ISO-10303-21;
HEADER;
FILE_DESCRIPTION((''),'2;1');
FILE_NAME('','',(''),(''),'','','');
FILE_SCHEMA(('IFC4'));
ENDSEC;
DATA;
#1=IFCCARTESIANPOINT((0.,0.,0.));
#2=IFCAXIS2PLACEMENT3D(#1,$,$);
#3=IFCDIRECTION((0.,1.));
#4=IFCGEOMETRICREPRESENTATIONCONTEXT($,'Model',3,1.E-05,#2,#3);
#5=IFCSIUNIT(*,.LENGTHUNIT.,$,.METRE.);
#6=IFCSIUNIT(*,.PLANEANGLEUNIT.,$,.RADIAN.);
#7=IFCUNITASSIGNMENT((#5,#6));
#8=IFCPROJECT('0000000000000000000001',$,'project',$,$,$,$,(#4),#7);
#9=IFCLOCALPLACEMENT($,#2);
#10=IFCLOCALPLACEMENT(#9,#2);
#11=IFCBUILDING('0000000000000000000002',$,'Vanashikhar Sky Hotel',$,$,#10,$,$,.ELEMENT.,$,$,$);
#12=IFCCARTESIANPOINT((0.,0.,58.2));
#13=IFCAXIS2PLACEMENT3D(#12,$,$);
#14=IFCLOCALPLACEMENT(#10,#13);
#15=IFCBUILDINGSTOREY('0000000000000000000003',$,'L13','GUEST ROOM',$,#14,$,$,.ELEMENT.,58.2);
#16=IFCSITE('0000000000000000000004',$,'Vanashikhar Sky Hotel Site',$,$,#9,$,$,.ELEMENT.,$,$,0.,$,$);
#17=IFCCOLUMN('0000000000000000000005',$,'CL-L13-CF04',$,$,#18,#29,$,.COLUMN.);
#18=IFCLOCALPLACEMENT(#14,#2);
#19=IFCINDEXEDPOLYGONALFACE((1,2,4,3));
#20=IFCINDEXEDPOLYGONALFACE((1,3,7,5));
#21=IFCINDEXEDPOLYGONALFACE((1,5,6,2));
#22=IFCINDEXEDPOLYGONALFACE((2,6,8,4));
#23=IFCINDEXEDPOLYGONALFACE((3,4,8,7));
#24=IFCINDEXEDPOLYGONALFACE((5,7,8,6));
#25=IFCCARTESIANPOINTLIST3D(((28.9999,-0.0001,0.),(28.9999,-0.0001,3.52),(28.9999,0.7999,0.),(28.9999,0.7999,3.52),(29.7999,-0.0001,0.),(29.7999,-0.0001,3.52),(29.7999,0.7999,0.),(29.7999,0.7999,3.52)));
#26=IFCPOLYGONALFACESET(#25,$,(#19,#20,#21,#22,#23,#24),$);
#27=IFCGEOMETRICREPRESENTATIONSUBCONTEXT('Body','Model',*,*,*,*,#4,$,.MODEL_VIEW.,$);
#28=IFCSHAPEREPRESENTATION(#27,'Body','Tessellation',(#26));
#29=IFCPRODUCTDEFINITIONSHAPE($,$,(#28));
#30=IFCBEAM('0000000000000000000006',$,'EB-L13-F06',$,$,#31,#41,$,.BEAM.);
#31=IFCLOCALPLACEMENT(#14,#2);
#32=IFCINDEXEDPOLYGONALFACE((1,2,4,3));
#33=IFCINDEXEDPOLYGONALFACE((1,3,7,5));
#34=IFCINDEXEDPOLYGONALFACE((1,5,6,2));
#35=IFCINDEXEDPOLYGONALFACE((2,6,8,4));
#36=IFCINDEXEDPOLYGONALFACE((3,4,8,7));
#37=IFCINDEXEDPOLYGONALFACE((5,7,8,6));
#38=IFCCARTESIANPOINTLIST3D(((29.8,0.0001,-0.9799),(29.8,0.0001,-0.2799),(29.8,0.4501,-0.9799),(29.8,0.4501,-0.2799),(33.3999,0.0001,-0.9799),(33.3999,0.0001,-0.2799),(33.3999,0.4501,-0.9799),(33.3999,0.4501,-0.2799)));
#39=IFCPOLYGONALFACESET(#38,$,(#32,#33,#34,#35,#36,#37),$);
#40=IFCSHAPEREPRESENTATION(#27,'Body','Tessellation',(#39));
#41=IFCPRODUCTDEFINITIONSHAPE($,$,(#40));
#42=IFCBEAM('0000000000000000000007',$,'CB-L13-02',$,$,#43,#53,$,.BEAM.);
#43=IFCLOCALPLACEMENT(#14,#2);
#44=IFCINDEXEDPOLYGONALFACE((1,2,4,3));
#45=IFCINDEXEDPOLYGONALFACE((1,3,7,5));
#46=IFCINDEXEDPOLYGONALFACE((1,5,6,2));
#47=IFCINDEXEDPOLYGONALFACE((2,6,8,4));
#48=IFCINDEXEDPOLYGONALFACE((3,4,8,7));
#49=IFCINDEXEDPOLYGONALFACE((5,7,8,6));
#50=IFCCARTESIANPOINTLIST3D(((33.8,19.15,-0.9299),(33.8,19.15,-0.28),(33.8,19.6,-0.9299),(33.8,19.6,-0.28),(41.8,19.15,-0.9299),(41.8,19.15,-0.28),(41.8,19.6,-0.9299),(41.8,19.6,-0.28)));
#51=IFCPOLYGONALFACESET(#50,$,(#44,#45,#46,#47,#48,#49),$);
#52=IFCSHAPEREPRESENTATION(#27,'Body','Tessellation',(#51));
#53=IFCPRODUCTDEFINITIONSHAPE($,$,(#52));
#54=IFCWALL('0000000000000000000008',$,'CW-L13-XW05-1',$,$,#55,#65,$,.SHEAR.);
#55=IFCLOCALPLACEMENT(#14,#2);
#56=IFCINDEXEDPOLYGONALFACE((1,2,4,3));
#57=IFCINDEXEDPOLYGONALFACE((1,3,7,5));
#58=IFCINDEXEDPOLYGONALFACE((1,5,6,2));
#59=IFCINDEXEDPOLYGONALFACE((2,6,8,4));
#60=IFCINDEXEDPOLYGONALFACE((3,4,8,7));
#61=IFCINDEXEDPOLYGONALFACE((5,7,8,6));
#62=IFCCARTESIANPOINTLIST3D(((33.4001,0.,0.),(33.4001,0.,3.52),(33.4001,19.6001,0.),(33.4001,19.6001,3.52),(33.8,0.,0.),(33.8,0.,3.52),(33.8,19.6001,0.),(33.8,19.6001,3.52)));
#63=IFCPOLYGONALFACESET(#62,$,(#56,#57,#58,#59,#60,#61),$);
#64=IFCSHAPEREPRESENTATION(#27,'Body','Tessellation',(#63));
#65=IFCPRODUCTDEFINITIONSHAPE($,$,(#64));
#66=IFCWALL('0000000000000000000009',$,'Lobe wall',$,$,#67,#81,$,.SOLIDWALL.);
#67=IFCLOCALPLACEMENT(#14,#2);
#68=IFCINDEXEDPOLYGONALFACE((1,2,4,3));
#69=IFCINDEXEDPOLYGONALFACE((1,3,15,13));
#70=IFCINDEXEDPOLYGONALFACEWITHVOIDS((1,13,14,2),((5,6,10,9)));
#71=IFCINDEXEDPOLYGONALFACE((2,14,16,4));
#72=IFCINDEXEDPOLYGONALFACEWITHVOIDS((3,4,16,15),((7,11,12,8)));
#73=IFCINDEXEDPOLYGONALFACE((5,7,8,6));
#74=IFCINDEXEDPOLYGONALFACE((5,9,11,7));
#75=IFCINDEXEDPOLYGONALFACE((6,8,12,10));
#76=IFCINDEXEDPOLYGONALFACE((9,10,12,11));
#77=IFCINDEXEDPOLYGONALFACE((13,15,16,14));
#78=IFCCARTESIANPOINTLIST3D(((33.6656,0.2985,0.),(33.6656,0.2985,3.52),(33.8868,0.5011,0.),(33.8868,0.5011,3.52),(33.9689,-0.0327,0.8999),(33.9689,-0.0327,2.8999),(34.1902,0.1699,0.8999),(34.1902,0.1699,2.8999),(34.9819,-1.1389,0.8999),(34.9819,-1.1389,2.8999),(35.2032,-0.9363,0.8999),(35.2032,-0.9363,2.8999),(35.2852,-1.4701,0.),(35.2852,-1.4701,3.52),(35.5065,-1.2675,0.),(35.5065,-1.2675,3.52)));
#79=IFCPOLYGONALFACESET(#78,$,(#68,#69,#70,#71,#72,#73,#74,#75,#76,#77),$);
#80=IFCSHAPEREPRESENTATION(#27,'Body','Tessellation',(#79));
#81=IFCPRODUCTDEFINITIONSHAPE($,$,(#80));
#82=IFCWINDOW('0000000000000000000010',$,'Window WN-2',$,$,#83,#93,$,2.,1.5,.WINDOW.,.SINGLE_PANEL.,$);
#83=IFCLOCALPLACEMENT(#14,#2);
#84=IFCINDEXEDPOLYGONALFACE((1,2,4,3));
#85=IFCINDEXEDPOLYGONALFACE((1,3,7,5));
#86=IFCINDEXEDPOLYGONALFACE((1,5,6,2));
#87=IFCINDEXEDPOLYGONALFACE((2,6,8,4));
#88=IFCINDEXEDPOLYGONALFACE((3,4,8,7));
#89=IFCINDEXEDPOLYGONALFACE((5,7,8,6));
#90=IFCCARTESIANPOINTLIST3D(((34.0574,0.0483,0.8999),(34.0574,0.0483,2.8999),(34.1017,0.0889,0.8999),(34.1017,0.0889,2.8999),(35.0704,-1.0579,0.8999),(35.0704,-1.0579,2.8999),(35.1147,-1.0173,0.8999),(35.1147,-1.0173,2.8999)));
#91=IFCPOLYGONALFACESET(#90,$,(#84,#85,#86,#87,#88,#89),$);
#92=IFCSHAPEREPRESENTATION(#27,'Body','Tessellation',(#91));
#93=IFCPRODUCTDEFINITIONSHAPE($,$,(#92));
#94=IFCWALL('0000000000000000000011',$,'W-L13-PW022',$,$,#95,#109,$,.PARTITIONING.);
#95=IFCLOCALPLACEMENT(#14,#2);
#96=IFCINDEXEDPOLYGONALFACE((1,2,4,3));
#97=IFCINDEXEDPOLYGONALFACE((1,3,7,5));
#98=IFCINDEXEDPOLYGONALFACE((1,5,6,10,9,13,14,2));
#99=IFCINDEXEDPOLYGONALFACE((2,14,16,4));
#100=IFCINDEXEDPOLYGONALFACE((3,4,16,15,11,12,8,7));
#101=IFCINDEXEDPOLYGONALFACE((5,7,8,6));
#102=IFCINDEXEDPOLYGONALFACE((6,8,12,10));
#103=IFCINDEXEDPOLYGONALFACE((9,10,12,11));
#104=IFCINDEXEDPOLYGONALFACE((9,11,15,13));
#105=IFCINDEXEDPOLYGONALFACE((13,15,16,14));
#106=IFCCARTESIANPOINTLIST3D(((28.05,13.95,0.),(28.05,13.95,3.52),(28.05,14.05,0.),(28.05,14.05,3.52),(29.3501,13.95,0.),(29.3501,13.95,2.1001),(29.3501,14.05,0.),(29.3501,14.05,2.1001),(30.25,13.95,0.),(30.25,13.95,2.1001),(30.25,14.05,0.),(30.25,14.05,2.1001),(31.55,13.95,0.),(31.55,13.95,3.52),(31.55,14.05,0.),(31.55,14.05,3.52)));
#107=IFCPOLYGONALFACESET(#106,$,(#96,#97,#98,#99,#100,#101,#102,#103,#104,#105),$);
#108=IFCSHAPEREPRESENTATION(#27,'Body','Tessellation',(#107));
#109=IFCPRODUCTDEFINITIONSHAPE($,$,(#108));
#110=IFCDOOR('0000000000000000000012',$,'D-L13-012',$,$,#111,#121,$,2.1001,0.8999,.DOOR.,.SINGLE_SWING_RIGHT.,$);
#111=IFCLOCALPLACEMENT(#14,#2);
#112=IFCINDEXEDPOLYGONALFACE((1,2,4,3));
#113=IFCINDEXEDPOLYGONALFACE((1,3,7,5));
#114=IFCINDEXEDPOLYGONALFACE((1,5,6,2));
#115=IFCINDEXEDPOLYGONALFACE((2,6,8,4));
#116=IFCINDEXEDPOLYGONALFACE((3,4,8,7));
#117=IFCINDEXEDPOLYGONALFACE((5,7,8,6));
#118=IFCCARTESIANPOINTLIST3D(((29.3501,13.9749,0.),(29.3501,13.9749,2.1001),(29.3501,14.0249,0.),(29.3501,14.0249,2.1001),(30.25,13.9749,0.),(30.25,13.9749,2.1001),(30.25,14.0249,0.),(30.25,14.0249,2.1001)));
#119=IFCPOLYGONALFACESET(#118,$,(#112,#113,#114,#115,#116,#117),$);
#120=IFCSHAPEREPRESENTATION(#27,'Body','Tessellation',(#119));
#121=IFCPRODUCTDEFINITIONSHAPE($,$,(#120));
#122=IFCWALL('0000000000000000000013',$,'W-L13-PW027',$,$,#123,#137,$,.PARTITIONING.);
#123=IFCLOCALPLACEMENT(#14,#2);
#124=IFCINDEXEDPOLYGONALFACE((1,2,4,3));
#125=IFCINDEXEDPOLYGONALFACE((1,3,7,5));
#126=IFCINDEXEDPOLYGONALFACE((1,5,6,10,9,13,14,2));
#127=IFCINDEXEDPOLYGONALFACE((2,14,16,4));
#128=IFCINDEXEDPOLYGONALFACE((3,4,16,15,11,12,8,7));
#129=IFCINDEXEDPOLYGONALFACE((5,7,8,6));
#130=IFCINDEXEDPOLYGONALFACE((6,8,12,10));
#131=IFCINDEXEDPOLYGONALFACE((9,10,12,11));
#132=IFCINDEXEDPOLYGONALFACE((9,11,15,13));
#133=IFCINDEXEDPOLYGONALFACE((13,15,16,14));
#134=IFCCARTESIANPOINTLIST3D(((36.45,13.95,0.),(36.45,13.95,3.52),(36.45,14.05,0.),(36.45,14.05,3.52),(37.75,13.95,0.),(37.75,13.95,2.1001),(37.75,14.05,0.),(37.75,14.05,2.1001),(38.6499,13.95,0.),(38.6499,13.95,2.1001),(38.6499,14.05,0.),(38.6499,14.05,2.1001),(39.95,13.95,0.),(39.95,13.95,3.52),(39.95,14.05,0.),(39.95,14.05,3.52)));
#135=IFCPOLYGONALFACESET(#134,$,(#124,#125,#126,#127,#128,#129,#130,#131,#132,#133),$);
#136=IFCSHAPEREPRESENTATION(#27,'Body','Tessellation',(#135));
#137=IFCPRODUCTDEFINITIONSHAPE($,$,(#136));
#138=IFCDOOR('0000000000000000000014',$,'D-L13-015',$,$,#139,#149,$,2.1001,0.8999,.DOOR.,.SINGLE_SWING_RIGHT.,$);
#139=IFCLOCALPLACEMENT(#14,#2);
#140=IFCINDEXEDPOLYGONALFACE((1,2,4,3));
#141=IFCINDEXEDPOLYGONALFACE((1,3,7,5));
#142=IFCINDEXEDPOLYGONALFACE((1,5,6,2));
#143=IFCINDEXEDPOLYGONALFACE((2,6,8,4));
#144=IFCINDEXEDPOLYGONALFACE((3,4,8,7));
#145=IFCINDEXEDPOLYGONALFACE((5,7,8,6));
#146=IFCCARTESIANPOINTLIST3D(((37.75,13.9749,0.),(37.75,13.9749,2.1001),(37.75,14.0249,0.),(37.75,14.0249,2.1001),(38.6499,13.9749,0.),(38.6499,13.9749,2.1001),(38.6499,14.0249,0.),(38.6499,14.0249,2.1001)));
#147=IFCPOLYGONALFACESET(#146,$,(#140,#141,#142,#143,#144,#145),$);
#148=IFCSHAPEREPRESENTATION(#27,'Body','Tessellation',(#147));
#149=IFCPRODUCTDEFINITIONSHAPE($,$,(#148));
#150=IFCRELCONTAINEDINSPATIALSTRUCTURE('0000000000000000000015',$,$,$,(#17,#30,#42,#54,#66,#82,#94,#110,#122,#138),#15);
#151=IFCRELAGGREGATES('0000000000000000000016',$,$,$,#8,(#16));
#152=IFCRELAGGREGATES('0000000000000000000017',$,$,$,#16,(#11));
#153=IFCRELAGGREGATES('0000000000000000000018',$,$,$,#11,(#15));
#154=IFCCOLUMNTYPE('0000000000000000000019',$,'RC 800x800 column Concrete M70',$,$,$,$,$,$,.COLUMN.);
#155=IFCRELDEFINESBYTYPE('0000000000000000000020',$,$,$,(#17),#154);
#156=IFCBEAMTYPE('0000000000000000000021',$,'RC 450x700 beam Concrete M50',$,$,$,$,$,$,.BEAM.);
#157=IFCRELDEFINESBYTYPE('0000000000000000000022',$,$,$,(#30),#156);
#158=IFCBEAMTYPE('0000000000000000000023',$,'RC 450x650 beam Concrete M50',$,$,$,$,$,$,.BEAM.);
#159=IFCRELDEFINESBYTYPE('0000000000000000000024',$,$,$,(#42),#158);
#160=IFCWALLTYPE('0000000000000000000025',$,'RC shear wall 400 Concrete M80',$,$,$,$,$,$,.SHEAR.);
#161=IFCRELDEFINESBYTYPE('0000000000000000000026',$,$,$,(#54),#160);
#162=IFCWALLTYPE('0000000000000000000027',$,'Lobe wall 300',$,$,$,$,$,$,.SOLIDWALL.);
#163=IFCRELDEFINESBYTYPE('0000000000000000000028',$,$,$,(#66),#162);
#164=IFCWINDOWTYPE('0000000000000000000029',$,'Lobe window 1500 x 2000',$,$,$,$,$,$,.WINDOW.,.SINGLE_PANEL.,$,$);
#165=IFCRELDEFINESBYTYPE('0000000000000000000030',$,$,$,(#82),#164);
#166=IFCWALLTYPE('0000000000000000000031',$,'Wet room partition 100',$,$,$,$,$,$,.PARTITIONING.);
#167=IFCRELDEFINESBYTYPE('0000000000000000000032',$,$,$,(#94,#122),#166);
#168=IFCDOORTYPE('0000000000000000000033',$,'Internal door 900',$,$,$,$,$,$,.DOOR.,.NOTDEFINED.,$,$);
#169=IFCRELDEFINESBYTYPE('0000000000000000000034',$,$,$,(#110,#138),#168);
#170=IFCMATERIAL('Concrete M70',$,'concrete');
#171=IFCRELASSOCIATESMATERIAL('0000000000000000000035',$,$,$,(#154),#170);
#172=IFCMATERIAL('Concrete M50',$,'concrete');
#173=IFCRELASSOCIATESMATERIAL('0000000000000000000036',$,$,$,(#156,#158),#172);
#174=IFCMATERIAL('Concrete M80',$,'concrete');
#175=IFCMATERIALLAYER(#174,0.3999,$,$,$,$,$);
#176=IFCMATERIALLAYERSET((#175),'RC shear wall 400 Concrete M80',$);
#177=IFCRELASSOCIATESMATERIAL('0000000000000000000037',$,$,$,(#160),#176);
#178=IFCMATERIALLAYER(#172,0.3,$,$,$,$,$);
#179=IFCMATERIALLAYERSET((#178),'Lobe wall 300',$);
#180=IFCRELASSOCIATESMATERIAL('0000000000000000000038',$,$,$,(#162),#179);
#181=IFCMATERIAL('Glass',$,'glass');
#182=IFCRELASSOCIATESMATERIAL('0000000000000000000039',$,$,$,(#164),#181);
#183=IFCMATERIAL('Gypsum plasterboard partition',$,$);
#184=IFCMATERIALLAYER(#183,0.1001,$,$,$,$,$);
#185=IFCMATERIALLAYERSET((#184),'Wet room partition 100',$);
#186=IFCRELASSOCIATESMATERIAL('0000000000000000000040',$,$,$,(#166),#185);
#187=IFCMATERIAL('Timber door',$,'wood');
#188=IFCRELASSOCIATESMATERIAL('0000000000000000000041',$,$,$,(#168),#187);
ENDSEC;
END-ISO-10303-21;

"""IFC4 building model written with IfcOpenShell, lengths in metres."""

from ifc_helpers import new_model, si_unit, direction, frame, frame_2d, origin, origin_2d, place, context, subcontext, project, spatial, rectangle, extrude, source, transform, mapped, material, layer, layer_set, material_profile, profile_set, type_object, element, fill, save


model = new_model("IFC4")

# Units and contexts
model_context = context("Model", 3, precision=1e-05, world=origin(), true_north=direction((0.0, 1.0)))
body_context = subcontext(model_context, "Body", "Model", "MODEL_VIEW")
ifc_project = project(units=[si_unit("LENGTHUNIT", "METRE"), si_unit("PLANEANGLEUNIT", "RADIAN")], contexts=[model_context])

# Site, building, storey
site_placement = place(None, origin())
site = spatial("IfcSite", under=ifc_project, at=site_placement, Name="Vanashikhar Sky Hotel Site", CompositionType="ELEMENT", RefElevation=0.0)
building_placement = place(site_placement, origin())
building = spatial("IfcBuilding", under=site, at=building_placement, Name="Vanashikhar Sky Hotel", CompositionType="ELEMENT")
storey_placement = place(building_placement, frame((0.0, 0.0, 58.2)))
storey = spatial("IfcBuildingStorey", under=building, at=storey_placement, Name="L13", Description="GUEST ROOM", CompositionType="ELEMENT", Elevation=58.2)

# Column
ifc_material_1 = material(Name="Concrete M70", Category="concrete")
ifc_material_profile_1 = material_profile(ifc_material_1, rectangle(XDim=0.8, YDim=0.8, at=origin_2d()))
ifc_profile_set_1 = profile_set([ifc_material_profile_1], Name="RC 800x800 column Concrete M70")
column_type = type_object("IfcColumnType", Name="RC 800x800 column Concrete M70", PredefinedType="COLUMN", material=ifc_profile_set_1)
shared_shape_1 = source(origin(), body_context, "Body", "SweptSolid", [
    extrude(rectangle(XDim=0.8, YDim=0.8, at=origin_2d()), origin(), (0.0, 0.0, 1.0), 3.52),
])
column_placement = place(storey_placement, frame((29.3999, 0.3999, 0.0), z_axis=(0.0, 0.0, 1.0), x_axis=(1.0, 0.0, 0.0)))
element("IfcColumn", 1, at=column_placement, inside=storey, type_object=column_type, Name="CL-L13-CF04", PredefinedType="COLUMN", context=body_context, shape_type="MappedRepresentation", body=[
    mapped(shared_shape_1, transform((0.0, 0.0, 0.0), scale=1.0)),
])

# Beams
ifc_material_2 = material(Name="Concrete M50", Category="concrete")
ifc_material_profile_2 = material_profile(ifc_material_2, rectangle(XDim=0.45, YDim=0.7, at=origin_2d()))
ifc_profile_set_2 = profile_set([ifc_material_profile_2], Name="RC 450x700 beam Concrete M50")
beam_type_1 = type_object("IfcBeamType", Name="RC 450x700 beam Concrete M50", PredefinedType="BEAM", material=ifc_profile_set_2)
shared_shape_2 = source(origin(), body_context, "Body", "SweptSolid", [
    extrude(rectangle(XDim=0.45, YDim=0.7, at=origin_2d()), origin(), (0.0, 0.0, 1.0), 3.5999),
])
beam_1_placement = place(storey_placement, frame((29.8, 0.2251, -0.6299), z_axis=(1.0, 0.0, 0.0), x_axis=(0.0, 1.0, 0.0)))
element("IfcBeam", 2, at=beam_1_placement, inside=storey, type_object=beam_type_1, Name="EB-L13-F06", PredefinedType="BEAM", context=body_context, shape_type="MappedRepresentation", body=[
    mapped(shared_shape_2, transform((0.0, 0.0, 0.0), scale=1.0)),
])
ifc_material_profile_3 = material_profile(ifc_material_2, rectangle(XDim=0.45, YDim=0.6499, at=origin_2d()))
ifc_profile_set_3 = profile_set([ifc_material_profile_3], Name="RC 450x650 beam Concrete M50")
beam_type_2 = type_object("IfcBeamType", Name="RC 450x650 beam Concrete M50", PredefinedType="BEAM", material=ifc_profile_set_3)
shared_shape_3 = source(origin(), body_context, "Body", "SweptSolid", [
    extrude(rectangle(XDim=0.45, YDim=0.6499, at=origin_2d()), origin(), (0.0, 0.0, 1.0), 8.0),
])
beam_2_placement = place(storey_placement, frame((33.8, 19.375, -0.605), z_axis=(1.0, 0.0, 0.0), x_axis=(0.0, 1.0, 0.0)))
element("IfcBeam", 3, at=beam_2_placement, inside=storey, type_object=beam_type_2, Name="CB-L13-02", PredefinedType="BEAM", context=body_context, shape_type="MappedRepresentation", body=[
    mapped(shared_shape_3, transform((0.0, 0.0, 0.0), scale=1.0)),
])

# Wall
ifc_material_3 = material(Name="Concrete M80", Category="concrete")
ifc_layer_1 = layer(ifc_material_3, 0.3999)
ifc_layer_set_1 = layer_set([ifc_layer_1], Name="RC shear wall 400 Concrete M80")
wall_type_1 = type_object("IfcWallType", Name="RC shear wall 400 Concrete M80", PredefinedType="SHEAR", material=ifc_layer_set_1)
shared_shape_4 = source(origin(), body_context, "Body", "SweptSolid", [
    extrude(rectangle(XDim=19.6001, YDim=0.3999, at=frame_2d((9.8, 0.0))), origin(), (0.0, 0.0, 1.0), 3.52),
])
wall_1_placement = place(storey_placement, frame((33.6001, 0.0, 0.0), z_axis=(0.0, 0.0, 1.0), x_axis=(0.0, 1.0, 0.0)))
element("IfcWall", 4, at=wall_1_placement, inside=storey, type_object=wall_type_1, Name="CW-L13-XW05-1", PredefinedType="SHEAR", context=body_context, shape_type="MappedRepresentation", body=[
    mapped(shared_shape_4, transform((0.0, 0.0, 0.0), scale=1.0)),
])

# Wall, opening, window
ifc_layer_2 = layer(ifc_material_2, 0.3)
ifc_layer_set_2 = layer_set([ifc_layer_2], Name="Lobe wall 300")
wall_type_2 = type_object("IfcWallType", Name="Lobe wall 300", PredefinedType="SOLIDWALL", material=ifc_layer_set_2)
shared_shape_5 = source(origin(), body_context, "Body", "SweptSolid", [
    extrude(rectangle(XDim=2.3982, YDim=0.3, at=frame_2d((1.1992, 0.0))), origin(), (0.0, 0.0, 1.0), 3.52),
])
wall_2_placement = place(storey_placement, frame((33.7761, 0.3999, 0.0), z_axis=(0.0, 0.0, 1.0), x_axis=(0.675374, -0.737475, 0.0)))
wall_2 = element("IfcWall", 5, at=wall_2_placement, inside=storey, type_object=wall_type_2, Name="Lobe wall", PredefinedType="SOLIDWALL", context=body_context, shape_type="MappedRepresentation", body=[
    mapped(shared_shape_5, transform((0.0, 0.0, 0.0), scale=1.0)),
])
shared_shape_6 = source(origin(), body_context, "Body", "SweptSolid", [
    extrude(rectangle(XDim=1.5, YDim=2.0, at=frame_2d((0.75, 1.0))), frame((0.0, 0.1602, 0.0), z_axis=(0.0, -1.0, 0.0), x_axis=(1.0, 0.0, 0.0)), (0.0, 0.0, 1.0), 0.3201),
])
opening_1_placement = place(wall_2_placement, frame((0.4492, 0.0, 0.8999)))
opening_1 = element("IfcOpeningElement", 6, at=opening_1_placement, cuts=wall_2, PredefinedType="OPENING", context=body_context, shape_type="MappedRepresentation", body=[
    mapped(shared_shape_6, transform((0.0, 0.0, 0.0), scale=1.0)),
])
ifc_material_4 = material(Name="Glass", Category="glass")
window_type_1 = type_object("IfcWindowType", Name="Lobe window 1500 x 2000", PartitioningType="SINGLE_PANEL", PredefinedType="WINDOW", material=ifc_material_4)
shared_shape_7 = source(origin(), body_context, "Body", "SweptSolid", [
    extrude(rectangle(XDim=1.5, YDim=2.0, at=frame_2d((0.75, 1.0))), frame((0.0, 0.03, 0.0), z_axis=(0.0, -1.0, 0.0), x_axis=(1.0, 0.0, 0.0)), (0.0, 0.0, 1.0), 0.0601),
])
window_1_placement = place(opening_1_placement, origin())
window_1 = element("IfcWindow", 7, at=window_1_placement, inside=storey, type_object=window_type_1, Name="Window WN-2", OverallHeight=2.0, OverallWidth=1.5, PartitioningType="SINGLE_PANEL", PredefinedType="WINDOW", context=body_context, shape_type="MappedRepresentation", body=[
    mapped(shared_shape_7, transform((0.0, 0.0, 0.0), scale=1.0)),
])
fill(opening_1, window_1)

# Walls, openings, doors
ifc_material_5 = material(Name="Gypsum plasterboard partition")
ifc_layer_3 = layer(ifc_material_5, 0.1001)
ifc_layer_set_3 = layer_set([ifc_layer_3], Name="Wet room partition 100")
wall_type_3 = type_object("IfcWallType", Name="Wet room partition 100", PredefinedType="PARTITIONING", material=ifc_layer_set_3)
shared_shape_8 = source(origin(), body_context, "Body", "SweptSolid", [
    extrude(rectangle(XDim=3.5, YDim=0.1001, at=frame_2d((1.75, 0.0))), origin(), (0.0, 0.0, 1.0), 3.52),
])
wall_3_placement = place(storey_placement, frame((28.05, 14.0, 0.0), z_axis=(0.0, 0.0, 1.0), x_axis=(1.0, 0.0, 0.0)))
wall_3 = element("IfcWall", 8, at=wall_3_placement, inside=storey, type_object=wall_type_3, Name="W-L13-PW022", PredefinedType="PARTITIONING", context=body_context, shape_type="MappedRepresentation", body=[
    mapped(shared_shape_8, transform((0.0, 0.0, 0.0), scale=1.0)),
])
shared_shape_9 = source(origin(), body_context, "Body", "SweptSolid", [
    extrude(rectangle(XDim=0.8999, YDim=2.1001, at=frame_2d((0.45, 1.05))), frame((0.0, 0.0601, 0.0), z_axis=(0.0, -1.0, 0.0), x_axis=(1.0, 0.0, 0.0)), (0.0, 0.0, 1.0), 0.1201),
])
opening_2_placement = place(wall_3_placement, frame((1.3, 0.0, 0.0)))
opening_2 = element("IfcOpeningElement", 9, at=opening_2_placement, cuts=wall_3, PredefinedType="OPENING", context=body_context, shape_type="MappedRepresentation", body=[
    mapped(shared_shape_9, transform((0.0, 0.0, 0.0), scale=1.0)),
])
ifc_material_6 = material(Name="Timber door", Category="wood")
door_type_1 = type_object("IfcDoorType", Name="Internal door 900", OperationType="NOTDEFINED", PredefinedType="DOOR", material=ifc_material_6)
shared_shape_10 = source(origin(), body_context, "Body", "SweptSolid", [
    extrude(rectangle(XDim=0.8999, YDim=2.1001, at=frame_2d((0.45, 1.05))), frame((0.0, 0.0249, 0.0), z_axis=(0.0, -1.0, 0.0), x_axis=(1.0, 0.0, 0.0)), (0.0, 0.0, 1.0), 0.05),
])
door_1_placement = place(opening_2_placement, origin())
door_1 = element("IfcDoor", 10, at=door_1_placement, inside=storey, type_object=door_type_1, Name="D-L13-012", OperationType="SINGLE_SWING_RIGHT", OverallHeight=2.1001, OverallWidth=0.8999, PredefinedType="DOOR", context=body_context, shape_type="MappedRepresentation", body=[
    mapped(shared_shape_10, transform((0.0, 0.0, 0.0), scale=1.0)),
])
fill(opening_2, door_1)
wall_4_placement = place(storey_placement, frame((36.45, 14.0, 0.0), z_axis=(0.0, 0.0, 1.0), x_axis=(1.0, 0.0, 0.0)))
wall_4 = element("IfcWall", 11, at=wall_4_placement, inside=storey, type_object=wall_type_3, Name="W-L13-PW027", PredefinedType="PARTITIONING", context=body_context, shape_type="MappedRepresentation", body=[
    mapped(shared_shape_8, transform((0.0, 0.0, 0.0), scale=1.0)),
])
opening_3_placement = place(wall_4_placement, frame((1.3, 0.0, 0.0)))
opening_3 = element("IfcOpeningElement", 12, at=opening_3_placement, cuts=wall_4, PredefinedType="OPENING", context=body_context, shape_type="MappedRepresentation", body=[
    mapped(shared_shape_9, transform((0.0, 0.0, 0.0), scale=1.0)),
])
door_2_placement = place(opening_3_placement, origin())
door_2 = element("IfcDoor", 13, at=door_2_placement, inside=storey, type_object=door_type_1, Name="D-L13-015", OperationType="SINGLE_SWING_RIGHT", OverallHeight=2.1001, OverallWidth=0.8999, PredefinedType="DOOR", context=body_context, shape_type="MappedRepresentation", body=[
    mapped(shared_shape_10, transform((0.0, 0.0, 0.0), scale=1.0)),
])
fill(opening_3, door_2)

save(model, "model.ifc")
